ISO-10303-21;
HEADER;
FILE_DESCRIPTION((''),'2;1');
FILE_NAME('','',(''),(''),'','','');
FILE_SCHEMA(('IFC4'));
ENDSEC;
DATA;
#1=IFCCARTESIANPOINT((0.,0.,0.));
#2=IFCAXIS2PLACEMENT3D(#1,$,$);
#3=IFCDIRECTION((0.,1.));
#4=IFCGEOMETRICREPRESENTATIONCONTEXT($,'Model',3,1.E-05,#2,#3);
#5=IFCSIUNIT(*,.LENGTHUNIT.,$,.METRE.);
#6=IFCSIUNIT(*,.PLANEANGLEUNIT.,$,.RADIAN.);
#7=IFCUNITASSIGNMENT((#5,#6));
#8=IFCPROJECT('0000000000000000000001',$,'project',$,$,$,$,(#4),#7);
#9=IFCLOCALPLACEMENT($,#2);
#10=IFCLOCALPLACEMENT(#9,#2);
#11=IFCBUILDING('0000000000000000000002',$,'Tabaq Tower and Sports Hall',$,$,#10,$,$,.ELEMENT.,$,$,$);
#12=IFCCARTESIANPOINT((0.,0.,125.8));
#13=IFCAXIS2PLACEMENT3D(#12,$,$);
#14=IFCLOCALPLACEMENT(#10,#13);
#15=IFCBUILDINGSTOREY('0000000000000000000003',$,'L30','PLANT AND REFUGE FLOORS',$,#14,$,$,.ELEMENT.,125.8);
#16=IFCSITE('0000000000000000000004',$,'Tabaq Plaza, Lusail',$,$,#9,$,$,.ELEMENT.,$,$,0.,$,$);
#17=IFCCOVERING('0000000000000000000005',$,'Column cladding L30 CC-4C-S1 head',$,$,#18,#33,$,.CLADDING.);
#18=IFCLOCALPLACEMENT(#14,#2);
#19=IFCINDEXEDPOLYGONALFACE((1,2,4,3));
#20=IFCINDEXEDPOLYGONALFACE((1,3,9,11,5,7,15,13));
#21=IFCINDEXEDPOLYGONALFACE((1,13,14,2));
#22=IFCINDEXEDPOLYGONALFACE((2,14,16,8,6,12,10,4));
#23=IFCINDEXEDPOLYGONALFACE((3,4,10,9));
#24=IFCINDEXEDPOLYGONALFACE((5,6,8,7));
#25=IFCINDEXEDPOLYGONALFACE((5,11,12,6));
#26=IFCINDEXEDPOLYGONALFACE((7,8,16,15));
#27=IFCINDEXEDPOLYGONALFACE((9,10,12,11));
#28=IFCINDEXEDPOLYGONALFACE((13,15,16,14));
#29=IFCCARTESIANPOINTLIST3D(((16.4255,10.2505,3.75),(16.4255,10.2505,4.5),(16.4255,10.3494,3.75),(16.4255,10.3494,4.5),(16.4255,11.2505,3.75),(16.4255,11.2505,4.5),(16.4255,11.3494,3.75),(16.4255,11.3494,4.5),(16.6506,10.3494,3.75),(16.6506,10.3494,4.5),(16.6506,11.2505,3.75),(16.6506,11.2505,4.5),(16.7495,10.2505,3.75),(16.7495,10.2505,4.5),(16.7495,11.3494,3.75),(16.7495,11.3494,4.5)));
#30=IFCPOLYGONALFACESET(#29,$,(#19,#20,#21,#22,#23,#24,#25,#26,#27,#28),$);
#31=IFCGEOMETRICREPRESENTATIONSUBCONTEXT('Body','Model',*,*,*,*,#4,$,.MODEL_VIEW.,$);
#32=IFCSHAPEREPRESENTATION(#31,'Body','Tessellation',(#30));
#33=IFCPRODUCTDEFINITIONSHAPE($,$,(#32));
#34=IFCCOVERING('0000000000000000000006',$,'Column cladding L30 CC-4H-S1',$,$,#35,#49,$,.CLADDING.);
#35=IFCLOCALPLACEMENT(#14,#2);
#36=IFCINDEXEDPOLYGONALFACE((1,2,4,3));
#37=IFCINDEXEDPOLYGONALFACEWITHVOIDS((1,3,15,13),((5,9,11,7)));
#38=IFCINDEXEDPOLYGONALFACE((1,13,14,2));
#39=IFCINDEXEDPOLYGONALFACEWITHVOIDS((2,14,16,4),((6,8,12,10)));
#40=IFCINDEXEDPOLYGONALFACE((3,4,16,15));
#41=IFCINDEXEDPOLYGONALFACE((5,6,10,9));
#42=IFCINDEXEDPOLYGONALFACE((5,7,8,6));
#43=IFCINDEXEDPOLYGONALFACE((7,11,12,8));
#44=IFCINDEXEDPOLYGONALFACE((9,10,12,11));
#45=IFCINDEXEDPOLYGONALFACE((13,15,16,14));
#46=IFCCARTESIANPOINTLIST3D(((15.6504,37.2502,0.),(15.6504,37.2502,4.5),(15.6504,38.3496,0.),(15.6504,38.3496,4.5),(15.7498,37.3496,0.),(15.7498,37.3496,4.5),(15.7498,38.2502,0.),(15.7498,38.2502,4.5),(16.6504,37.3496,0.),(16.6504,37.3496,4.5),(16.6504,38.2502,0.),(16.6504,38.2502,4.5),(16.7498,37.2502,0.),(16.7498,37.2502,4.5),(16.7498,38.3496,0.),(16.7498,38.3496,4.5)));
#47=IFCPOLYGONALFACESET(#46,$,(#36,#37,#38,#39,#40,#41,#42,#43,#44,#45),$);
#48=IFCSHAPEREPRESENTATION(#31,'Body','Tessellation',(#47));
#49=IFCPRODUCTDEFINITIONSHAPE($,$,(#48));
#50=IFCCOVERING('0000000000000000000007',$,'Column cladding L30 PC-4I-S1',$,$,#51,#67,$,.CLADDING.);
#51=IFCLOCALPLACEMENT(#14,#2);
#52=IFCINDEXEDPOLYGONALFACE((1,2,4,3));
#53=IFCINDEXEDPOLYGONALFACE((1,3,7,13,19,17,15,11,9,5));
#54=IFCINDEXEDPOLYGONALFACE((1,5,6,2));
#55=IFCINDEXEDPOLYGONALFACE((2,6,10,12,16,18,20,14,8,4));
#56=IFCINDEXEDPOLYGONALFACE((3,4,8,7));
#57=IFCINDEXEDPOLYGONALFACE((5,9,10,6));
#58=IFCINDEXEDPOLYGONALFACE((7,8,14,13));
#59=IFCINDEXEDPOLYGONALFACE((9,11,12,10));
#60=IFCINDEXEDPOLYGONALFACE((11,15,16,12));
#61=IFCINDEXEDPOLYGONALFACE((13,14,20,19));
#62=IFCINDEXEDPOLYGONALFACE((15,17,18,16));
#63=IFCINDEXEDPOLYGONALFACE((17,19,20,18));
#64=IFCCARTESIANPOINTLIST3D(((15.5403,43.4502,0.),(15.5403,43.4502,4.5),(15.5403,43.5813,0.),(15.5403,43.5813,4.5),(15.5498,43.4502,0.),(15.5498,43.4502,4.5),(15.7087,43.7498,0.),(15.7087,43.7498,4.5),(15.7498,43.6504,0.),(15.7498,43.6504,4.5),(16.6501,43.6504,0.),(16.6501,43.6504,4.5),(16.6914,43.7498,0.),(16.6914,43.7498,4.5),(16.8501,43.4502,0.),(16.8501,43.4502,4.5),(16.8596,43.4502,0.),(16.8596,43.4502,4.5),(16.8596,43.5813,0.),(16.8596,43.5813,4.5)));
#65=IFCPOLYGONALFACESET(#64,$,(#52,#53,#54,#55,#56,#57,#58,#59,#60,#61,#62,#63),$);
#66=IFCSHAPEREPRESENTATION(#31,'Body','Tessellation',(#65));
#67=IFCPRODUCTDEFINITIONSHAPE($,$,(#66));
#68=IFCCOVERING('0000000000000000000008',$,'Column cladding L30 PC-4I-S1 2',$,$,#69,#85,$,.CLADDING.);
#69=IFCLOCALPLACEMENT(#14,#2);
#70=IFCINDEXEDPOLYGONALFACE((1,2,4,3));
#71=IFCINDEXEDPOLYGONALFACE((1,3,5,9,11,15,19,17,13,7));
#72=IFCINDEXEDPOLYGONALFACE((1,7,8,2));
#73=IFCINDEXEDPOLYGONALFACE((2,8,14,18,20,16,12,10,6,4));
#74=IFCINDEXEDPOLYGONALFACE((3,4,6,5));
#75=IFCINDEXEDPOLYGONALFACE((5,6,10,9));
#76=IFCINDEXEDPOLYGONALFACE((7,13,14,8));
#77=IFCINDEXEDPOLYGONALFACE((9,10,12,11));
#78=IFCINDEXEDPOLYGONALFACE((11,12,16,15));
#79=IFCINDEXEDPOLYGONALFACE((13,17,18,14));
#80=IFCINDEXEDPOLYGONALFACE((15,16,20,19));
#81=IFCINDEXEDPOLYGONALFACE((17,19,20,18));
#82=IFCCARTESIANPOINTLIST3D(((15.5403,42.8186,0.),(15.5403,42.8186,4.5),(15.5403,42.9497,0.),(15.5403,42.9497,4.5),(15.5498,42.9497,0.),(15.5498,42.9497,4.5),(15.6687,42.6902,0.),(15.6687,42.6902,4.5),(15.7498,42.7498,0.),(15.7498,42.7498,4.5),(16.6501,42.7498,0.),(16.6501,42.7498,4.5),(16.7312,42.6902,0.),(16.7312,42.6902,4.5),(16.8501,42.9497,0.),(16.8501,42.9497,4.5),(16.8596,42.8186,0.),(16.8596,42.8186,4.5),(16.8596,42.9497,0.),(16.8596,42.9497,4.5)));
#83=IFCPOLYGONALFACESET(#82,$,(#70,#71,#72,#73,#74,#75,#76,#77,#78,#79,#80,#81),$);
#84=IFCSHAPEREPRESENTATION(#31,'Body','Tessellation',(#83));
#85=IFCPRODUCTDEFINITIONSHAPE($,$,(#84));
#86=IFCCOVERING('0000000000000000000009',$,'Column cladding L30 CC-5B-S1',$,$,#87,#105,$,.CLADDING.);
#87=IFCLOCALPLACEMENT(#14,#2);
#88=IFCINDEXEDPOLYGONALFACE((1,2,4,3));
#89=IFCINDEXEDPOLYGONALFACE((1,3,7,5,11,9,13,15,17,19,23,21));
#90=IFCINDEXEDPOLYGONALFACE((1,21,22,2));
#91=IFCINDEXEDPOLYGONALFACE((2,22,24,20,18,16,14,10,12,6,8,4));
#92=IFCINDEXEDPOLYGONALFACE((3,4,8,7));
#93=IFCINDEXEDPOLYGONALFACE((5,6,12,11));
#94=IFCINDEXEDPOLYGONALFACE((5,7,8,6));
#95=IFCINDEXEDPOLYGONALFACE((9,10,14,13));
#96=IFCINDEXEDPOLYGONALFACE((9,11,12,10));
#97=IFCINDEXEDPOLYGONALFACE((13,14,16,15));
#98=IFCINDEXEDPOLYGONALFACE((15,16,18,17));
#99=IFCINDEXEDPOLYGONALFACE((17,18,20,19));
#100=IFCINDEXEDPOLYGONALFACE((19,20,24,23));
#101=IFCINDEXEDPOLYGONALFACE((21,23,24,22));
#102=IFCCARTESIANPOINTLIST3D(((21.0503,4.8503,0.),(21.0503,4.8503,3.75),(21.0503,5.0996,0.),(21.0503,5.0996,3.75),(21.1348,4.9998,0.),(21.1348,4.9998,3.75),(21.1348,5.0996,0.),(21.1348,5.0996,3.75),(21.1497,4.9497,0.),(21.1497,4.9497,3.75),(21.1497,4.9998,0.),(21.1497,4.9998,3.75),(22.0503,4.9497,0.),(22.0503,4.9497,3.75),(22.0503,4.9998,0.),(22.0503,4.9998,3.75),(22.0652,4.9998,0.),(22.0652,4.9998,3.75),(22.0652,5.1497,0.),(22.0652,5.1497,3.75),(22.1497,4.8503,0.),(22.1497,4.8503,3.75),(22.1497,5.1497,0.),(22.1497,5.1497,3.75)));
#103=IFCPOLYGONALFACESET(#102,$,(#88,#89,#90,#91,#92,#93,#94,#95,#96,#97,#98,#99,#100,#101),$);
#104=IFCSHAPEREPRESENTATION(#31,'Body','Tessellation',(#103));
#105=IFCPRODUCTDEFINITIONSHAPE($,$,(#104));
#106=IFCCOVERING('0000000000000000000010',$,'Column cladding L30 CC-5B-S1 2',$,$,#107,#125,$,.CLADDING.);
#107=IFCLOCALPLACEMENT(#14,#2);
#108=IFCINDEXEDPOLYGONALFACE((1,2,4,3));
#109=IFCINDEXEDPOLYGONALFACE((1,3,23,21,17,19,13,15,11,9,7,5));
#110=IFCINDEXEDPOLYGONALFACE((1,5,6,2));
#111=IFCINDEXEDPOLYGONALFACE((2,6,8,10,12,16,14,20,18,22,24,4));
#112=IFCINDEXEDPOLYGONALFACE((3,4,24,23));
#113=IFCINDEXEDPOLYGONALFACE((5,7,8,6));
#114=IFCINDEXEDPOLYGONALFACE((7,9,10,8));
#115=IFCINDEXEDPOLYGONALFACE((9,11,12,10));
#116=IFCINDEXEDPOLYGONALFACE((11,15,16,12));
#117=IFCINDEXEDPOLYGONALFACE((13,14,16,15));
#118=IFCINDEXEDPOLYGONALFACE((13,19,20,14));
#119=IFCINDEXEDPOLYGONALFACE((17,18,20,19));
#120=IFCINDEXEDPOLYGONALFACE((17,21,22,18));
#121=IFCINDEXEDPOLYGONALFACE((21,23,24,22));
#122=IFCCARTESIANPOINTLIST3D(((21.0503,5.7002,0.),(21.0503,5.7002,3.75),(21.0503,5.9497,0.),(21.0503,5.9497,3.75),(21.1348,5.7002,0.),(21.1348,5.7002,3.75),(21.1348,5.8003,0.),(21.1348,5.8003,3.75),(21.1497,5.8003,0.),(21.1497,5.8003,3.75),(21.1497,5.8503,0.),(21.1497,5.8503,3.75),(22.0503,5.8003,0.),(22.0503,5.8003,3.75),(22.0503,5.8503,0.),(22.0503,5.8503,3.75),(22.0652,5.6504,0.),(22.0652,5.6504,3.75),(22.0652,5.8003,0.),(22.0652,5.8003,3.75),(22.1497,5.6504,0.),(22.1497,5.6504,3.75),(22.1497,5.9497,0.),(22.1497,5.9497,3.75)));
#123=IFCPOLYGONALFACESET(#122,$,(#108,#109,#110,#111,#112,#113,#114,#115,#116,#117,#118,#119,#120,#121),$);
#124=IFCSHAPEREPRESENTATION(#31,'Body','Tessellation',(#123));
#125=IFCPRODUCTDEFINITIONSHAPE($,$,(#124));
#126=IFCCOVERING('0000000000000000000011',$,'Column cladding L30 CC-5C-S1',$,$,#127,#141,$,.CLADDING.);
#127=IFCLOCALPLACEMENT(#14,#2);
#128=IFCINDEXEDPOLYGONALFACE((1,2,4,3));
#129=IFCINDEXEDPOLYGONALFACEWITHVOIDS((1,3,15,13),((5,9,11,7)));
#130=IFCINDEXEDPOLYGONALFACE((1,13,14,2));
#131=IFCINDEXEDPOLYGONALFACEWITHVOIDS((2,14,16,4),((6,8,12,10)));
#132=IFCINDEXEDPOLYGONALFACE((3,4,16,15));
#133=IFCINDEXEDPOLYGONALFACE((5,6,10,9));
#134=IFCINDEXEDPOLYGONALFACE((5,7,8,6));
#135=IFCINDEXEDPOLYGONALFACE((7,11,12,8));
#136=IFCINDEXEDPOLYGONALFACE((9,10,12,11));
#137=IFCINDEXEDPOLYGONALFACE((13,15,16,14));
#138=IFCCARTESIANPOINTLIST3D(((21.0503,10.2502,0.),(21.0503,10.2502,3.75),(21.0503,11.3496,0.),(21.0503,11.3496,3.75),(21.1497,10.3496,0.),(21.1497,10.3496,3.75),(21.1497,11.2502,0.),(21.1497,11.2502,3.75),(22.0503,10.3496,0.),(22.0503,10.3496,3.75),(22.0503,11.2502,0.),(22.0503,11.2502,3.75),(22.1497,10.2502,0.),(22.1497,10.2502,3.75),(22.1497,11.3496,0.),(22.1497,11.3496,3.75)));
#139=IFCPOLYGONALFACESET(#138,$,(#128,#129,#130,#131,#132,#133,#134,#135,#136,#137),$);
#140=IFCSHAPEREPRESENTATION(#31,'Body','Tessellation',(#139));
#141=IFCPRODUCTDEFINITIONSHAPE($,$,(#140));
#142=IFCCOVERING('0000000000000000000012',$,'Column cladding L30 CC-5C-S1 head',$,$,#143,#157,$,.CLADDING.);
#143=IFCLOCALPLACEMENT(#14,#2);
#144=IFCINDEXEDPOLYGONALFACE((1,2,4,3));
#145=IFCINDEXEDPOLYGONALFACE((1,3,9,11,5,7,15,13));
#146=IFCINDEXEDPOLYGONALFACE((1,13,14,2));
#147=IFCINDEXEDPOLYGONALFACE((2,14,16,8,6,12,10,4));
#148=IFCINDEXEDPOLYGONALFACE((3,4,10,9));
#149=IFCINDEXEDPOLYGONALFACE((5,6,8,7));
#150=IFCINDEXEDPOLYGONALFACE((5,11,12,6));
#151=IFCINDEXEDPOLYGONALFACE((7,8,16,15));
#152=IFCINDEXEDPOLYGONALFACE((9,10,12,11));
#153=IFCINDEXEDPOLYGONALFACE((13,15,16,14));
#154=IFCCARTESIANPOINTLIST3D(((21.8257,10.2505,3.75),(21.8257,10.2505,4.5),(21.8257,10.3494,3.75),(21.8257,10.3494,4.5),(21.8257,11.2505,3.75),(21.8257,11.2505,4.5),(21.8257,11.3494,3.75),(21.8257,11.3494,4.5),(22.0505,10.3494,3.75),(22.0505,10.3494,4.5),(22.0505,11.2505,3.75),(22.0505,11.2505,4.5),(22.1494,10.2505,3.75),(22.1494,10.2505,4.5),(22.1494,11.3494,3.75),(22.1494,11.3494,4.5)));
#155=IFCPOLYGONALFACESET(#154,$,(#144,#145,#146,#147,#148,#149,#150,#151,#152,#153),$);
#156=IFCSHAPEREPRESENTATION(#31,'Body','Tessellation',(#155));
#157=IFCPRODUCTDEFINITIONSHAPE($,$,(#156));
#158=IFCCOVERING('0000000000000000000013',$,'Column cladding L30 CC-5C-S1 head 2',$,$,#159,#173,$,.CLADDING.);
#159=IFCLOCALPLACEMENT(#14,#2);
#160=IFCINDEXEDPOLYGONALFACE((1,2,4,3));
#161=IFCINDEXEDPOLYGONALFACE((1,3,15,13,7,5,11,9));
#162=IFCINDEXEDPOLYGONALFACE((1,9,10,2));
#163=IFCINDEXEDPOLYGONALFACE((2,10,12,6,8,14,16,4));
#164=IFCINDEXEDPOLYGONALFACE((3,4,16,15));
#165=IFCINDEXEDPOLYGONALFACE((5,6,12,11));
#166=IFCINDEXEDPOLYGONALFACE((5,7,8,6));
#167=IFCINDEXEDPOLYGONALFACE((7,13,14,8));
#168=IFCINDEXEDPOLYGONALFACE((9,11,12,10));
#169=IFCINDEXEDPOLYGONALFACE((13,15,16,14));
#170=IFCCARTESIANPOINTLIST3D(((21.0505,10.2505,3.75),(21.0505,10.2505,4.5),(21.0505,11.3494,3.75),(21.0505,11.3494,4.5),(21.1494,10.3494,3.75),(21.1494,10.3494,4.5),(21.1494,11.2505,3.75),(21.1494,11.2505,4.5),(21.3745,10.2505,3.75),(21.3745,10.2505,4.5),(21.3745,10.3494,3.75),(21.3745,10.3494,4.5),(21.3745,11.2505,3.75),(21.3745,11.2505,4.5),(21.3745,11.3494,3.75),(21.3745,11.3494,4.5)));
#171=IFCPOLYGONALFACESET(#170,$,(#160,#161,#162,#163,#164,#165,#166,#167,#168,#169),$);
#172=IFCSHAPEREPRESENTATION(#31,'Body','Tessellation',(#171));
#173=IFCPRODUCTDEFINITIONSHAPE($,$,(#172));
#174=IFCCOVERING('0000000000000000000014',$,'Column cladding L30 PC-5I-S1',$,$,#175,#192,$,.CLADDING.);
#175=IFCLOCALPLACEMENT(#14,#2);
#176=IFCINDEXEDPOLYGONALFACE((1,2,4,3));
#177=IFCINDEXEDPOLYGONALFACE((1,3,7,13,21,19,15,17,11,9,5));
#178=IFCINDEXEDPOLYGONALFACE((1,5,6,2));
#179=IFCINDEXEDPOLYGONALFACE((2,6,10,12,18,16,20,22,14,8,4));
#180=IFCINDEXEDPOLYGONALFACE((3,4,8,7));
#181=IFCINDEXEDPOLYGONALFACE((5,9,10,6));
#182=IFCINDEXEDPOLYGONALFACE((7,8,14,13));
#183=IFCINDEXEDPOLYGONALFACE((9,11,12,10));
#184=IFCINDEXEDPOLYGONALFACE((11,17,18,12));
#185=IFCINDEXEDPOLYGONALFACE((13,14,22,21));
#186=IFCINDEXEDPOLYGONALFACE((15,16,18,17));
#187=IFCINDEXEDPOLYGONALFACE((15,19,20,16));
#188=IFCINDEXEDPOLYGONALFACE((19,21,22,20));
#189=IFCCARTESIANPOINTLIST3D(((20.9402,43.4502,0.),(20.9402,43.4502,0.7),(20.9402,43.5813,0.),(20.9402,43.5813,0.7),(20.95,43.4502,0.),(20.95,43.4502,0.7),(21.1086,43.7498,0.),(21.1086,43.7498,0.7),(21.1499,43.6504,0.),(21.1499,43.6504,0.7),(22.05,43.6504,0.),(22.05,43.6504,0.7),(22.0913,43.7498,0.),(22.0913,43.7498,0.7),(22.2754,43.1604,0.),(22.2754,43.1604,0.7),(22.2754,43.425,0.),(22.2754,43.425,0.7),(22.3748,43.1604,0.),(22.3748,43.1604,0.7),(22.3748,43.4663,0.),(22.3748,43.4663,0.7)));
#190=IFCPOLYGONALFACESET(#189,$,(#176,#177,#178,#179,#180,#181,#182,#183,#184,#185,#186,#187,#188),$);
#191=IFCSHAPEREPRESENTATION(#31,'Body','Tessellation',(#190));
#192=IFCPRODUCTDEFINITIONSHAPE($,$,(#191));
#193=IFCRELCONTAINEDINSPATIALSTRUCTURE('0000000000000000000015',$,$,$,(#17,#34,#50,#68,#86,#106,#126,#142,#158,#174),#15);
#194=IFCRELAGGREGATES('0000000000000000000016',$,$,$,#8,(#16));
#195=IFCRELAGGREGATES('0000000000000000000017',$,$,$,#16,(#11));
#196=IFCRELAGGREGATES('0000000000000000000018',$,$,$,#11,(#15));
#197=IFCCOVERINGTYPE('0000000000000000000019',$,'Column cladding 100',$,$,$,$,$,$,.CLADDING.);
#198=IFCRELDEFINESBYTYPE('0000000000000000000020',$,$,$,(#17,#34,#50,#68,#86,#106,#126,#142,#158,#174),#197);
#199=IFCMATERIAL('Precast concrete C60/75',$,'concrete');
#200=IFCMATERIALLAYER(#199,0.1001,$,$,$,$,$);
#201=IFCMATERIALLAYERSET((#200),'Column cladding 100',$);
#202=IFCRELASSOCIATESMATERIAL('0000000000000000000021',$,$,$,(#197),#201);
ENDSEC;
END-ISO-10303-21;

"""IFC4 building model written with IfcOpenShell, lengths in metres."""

from ifc_helpers import new_model, si_unit, direction, frame, origin, place, context, subcontext, project, spatial, polyline, outline, extrude, material, layer, layer_set, type_object, element, save


model = new_model("IFC4")

# Units and contexts
model_context = context("Model", 3, precision=1e-05, world=origin(), true_north=direction((0.0, 1.0)))
body_context = subcontext(model_context, "Body", "Model", "MODEL_VIEW")
ifc_project = project(units=[si_unit("LENGTHUNIT", "METRE"), si_unit("PLANEANGLEUNIT", "RADIAN")], contexts=[model_context])

# Site, building, storey
site_placement = place(None, origin())
site = spatial("IfcSite", under=ifc_project, at=site_placement, Name="Tabaq Plaza, Lusail", CompositionType="ELEMENT", RefElevation=0.0)
building_placement = place(site_placement, origin())
building = spatial("IfcBuilding", under=site, at=building_placement, Name="Tabaq Tower and Sports Hall", CompositionType="ELEMENT")
storey_placement = place(building_placement, frame((0.0, 0.0, 125.8)))
storey = spatial("IfcBuildingStorey", under=building, at=storey_placement, Name="L30", Description="PLANT AND REFUGE FLOORS", CompositionType="ELEMENT", Elevation=125.8)

# Coverings
ifc_material_1 = material(Name="Precast concrete C60/75", Category="concrete")
ifc_layer_1 = layer(ifc_material_1, 0.1001)
ifc_layer_set_1 = layer_set([ifc_layer_1], Name="Column cladding 100")
covering_type = type_object("IfcCoveringType", Name="Column cladding 100", PredefinedType="CLADDING", material=ifc_layer_set_1)
covering_1_placement = place(storey_placement, frame((0.0, 0.0, 3.75)))
element("IfcCovering", 1, at=covering_1_placement, inside=storey, type_object=covering_type, Name="Column cladding L30 CC-4C-S1 head", PredefinedType="CLADDING", context=body_context, shape_type="SweptSolid", body=[
    extrude(outline(polyline([(16.4255, 10.3494), (16.6506, 10.3494), (16.6506, 11.2505), (16.4255, 11.2505), (16.4255, 11.3494), (16.7495, 11.3494), (16.7495, 10.2505), (16.4255, 10.2505), (16.4255, 10.3494)])), origin(), (0.0, 0.0, 1.0), 0.75),
])
covering_2_placement = place(storey_placement, origin())
element("IfcCovering", 2, at=covering_2_placement, inside=storey, type_object=covering_type, Name="Column cladding L30 CC-4H-S1", PredefinedType="CLADDING", context=body_context, shape_type="SweptSolid", body=[
    extrude(outline(polyline([(15.6504, 38.3496), (16.7498, 38.3496), (16.7498, 37.2502), (15.6504, 37.2502), (15.6504, 38.3496)]), holes=[polyline([(16.6504, 37.3496), (16.6504, 38.2502), (15.7498, 38.2502), (15.7498, 37.3496), (16.6504, 37.3496)])]), origin(), (0.0, 0.0, 1.0), 4.5),
])
covering_3_placement = place(storey_placement, origin())
element("IfcCovering", 3, at=covering_3_placement, inside=storey, type_object=covering_type, Name="Column cladding L30 PC-4I-S1", PredefinedType="CLADDING", context=body_context, shape_type="SweptSolid", body=[
    extrude(outline(polyline([(15.7087, 43.7498), (16.6914, 43.7498), (16.8596, 43.5813), (16.8596, 43.4502), (16.8501, 43.4502), (16.6501, 43.6504), (15.7498, 43.6504), (15.5498, 43.4502), (15.5403, 43.4502), (15.5403, 43.5813), (15.7087, 43.7498)])), origin(), (0.0, 0.0, 1.0), 4.5),
])
covering_4_placement = place(storey_placement, origin())
element("IfcCovering", 4, at=covering_4_placement, inside=storey, type_object=covering_type, Name="Column cladding L30 PC-4I-S1 2", PredefinedType="CLADDING", context=body_context, shape_type="SweptSolid", body=[
    extrude(outline(polyline([(16.7312, 42.6902), (15.6687, 42.6902), (15.5403, 42.8186), (15.5403, 42.9497), (15.5498, 42.9497), (15.7498, 42.7498), (16.6501, 42.7498), (16.8501, 42.9497), (16.8596, 42.9497), (16.8596, 42.8186), (16.7312, 42.6902)])), origin(), (0.0, 0.0, 1.0), 4.5),
])
covering_5_placement = place(storey_placement, origin())
element("IfcCovering", 5, at=covering_5_placement, inside=storey, type_object=covering_type, Name="Column cladding L30 CC-5B-S1", PredefinedType="CLADDING", context=body_context, shape_type="SweptSolid", body=[
    extrude(outline(polyline([(22.1497, 4.8503), (21.0503, 4.8503), (21.0503, 5.0996), (21.1348, 5.0996), (21.1348, 4.9998), (21.1497, 4.9998), (21.1497, 4.9497), (22.0503, 4.9497), (22.0503, 4.9998), (22.0652, 4.9998), (22.0652, 5.1497), (22.1497, 5.1497), (22.1497, 4.8503)])), origin(), (0.0, 0.0, 1.0), 3.75),
])
covering_6_placement = place(storey_placement, origin())
element("IfcCovering", 6, at=covering_6_placement, inside=storey, type_object=covering_type, Name="Column cladding L30 CC-5B-S1 2", PredefinedType="CLADDING", context=body_context, shape_type="SweptSolid", body=[
    extrude(outline(polyline([(22.1497, 5.9497), (22.1497, 5.6504), (22.0652, 5.6504), (22.0652, 5.8003), (22.0503, 5.8003), (22.0503, 5.8503), (21.1497, 5.8503), (21.1497, 5.8003), (21.1348, 5.8003), (21.1348, 5.7002), (21.0503, 5.7002), (21.0503, 5.9497), (22.1497, 5.9497)])), origin(), (0.0, 0.0, 1.0), 3.75),
])
covering_7_placement = place(storey_placement, origin())
element("IfcCovering", 7, at=covering_7_placement, inside=storey, type_object=covering_type, Name="Column cladding L30 CC-5C-S1", PredefinedType="CLADDING", context=body_context, shape_type="SweptSolid", body=[
    extrude(outline(polyline([(21.0503, 11.3496), (22.1497, 11.3496), (22.1497, 10.2502), (21.0503, 10.2502), (21.0503, 11.3496)]), holes=[polyline([(22.0503, 10.3496), (22.0503, 11.2502), (21.1497, 11.2502), (21.1497, 10.3496), (22.0503, 10.3496)])]), origin(), (0.0, 0.0, 1.0), 3.75),
])
covering_8_placement = place(storey_placement, frame((0.0, 0.0, 3.75)))
element("IfcCovering", 8, at=covering_8_placement, inside=storey, type_object=covering_type, Name="Column cladding L30 CC-5C-S1 head", PredefinedType="CLADDING", context=body_context, shape_type="SweptSolid", body=[
    extrude(outline(polyline([(21.8257, 10.3494), (22.0505, 10.3494), (22.0505, 11.2505), (21.8257, 11.2505), (21.8257, 11.3494), (22.1494, 11.3494), (22.1494, 10.2505), (21.8257, 10.2505), (21.8257, 10.3494)])), origin(), (0.0, 0.0, 1.0), 0.75),
])
covering_9_placement = place(storey_placement, frame((0.0, 0.0, 3.75)))
element("IfcCovering", 9, at=covering_9_placement, inside=storey, type_object=covering_type, Name="Column cladding L30 CC-5C-S1 head 2", PredefinedType="CLADDING", context=body_context, shape_type="SweptSolid", body=[
    extrude(outline(polyline([(21.3745, 10.3494), (21.3745, 10.2505), (21.0505, 10.2505), (21.0505, 11.3494), (21.3745, 11.3494), (21.3745, 11.2505), (21.1494, 11.2505), (21.1494, 10.3494), (21.3745, 10.3494)])), origin(), (0.0, 0.0, 1.0), 0.75),
])
covering_10_placement = place(storey_placement, origin())
element("IfcCovering", 10, at=covering_10_placement, inside=storey, type_object=covering_type, Name="Column cladding L30 PC-5I-S1", PredefinedType="CLADDING", context=body_context, shape_type="SweptSolid", body=[
    extrude(outline(polyline([(21.1086, 43.7498), (22.0913, 43.7498), (22.3748, 43.4663), (22.3748, 43.1604), (22.2754, 43.1604), (22.2754, 43.425), (22.05, 43.6504), (21.1499, 43.6504), (20.95, 43.4502), (20.9402, 43.4502), (20.9402, 43.5813), (21.1086, 43.7498)])), origin(), (0.0, 0.0, 1.0), 0.7),
])

save(model, "model.ifc")
